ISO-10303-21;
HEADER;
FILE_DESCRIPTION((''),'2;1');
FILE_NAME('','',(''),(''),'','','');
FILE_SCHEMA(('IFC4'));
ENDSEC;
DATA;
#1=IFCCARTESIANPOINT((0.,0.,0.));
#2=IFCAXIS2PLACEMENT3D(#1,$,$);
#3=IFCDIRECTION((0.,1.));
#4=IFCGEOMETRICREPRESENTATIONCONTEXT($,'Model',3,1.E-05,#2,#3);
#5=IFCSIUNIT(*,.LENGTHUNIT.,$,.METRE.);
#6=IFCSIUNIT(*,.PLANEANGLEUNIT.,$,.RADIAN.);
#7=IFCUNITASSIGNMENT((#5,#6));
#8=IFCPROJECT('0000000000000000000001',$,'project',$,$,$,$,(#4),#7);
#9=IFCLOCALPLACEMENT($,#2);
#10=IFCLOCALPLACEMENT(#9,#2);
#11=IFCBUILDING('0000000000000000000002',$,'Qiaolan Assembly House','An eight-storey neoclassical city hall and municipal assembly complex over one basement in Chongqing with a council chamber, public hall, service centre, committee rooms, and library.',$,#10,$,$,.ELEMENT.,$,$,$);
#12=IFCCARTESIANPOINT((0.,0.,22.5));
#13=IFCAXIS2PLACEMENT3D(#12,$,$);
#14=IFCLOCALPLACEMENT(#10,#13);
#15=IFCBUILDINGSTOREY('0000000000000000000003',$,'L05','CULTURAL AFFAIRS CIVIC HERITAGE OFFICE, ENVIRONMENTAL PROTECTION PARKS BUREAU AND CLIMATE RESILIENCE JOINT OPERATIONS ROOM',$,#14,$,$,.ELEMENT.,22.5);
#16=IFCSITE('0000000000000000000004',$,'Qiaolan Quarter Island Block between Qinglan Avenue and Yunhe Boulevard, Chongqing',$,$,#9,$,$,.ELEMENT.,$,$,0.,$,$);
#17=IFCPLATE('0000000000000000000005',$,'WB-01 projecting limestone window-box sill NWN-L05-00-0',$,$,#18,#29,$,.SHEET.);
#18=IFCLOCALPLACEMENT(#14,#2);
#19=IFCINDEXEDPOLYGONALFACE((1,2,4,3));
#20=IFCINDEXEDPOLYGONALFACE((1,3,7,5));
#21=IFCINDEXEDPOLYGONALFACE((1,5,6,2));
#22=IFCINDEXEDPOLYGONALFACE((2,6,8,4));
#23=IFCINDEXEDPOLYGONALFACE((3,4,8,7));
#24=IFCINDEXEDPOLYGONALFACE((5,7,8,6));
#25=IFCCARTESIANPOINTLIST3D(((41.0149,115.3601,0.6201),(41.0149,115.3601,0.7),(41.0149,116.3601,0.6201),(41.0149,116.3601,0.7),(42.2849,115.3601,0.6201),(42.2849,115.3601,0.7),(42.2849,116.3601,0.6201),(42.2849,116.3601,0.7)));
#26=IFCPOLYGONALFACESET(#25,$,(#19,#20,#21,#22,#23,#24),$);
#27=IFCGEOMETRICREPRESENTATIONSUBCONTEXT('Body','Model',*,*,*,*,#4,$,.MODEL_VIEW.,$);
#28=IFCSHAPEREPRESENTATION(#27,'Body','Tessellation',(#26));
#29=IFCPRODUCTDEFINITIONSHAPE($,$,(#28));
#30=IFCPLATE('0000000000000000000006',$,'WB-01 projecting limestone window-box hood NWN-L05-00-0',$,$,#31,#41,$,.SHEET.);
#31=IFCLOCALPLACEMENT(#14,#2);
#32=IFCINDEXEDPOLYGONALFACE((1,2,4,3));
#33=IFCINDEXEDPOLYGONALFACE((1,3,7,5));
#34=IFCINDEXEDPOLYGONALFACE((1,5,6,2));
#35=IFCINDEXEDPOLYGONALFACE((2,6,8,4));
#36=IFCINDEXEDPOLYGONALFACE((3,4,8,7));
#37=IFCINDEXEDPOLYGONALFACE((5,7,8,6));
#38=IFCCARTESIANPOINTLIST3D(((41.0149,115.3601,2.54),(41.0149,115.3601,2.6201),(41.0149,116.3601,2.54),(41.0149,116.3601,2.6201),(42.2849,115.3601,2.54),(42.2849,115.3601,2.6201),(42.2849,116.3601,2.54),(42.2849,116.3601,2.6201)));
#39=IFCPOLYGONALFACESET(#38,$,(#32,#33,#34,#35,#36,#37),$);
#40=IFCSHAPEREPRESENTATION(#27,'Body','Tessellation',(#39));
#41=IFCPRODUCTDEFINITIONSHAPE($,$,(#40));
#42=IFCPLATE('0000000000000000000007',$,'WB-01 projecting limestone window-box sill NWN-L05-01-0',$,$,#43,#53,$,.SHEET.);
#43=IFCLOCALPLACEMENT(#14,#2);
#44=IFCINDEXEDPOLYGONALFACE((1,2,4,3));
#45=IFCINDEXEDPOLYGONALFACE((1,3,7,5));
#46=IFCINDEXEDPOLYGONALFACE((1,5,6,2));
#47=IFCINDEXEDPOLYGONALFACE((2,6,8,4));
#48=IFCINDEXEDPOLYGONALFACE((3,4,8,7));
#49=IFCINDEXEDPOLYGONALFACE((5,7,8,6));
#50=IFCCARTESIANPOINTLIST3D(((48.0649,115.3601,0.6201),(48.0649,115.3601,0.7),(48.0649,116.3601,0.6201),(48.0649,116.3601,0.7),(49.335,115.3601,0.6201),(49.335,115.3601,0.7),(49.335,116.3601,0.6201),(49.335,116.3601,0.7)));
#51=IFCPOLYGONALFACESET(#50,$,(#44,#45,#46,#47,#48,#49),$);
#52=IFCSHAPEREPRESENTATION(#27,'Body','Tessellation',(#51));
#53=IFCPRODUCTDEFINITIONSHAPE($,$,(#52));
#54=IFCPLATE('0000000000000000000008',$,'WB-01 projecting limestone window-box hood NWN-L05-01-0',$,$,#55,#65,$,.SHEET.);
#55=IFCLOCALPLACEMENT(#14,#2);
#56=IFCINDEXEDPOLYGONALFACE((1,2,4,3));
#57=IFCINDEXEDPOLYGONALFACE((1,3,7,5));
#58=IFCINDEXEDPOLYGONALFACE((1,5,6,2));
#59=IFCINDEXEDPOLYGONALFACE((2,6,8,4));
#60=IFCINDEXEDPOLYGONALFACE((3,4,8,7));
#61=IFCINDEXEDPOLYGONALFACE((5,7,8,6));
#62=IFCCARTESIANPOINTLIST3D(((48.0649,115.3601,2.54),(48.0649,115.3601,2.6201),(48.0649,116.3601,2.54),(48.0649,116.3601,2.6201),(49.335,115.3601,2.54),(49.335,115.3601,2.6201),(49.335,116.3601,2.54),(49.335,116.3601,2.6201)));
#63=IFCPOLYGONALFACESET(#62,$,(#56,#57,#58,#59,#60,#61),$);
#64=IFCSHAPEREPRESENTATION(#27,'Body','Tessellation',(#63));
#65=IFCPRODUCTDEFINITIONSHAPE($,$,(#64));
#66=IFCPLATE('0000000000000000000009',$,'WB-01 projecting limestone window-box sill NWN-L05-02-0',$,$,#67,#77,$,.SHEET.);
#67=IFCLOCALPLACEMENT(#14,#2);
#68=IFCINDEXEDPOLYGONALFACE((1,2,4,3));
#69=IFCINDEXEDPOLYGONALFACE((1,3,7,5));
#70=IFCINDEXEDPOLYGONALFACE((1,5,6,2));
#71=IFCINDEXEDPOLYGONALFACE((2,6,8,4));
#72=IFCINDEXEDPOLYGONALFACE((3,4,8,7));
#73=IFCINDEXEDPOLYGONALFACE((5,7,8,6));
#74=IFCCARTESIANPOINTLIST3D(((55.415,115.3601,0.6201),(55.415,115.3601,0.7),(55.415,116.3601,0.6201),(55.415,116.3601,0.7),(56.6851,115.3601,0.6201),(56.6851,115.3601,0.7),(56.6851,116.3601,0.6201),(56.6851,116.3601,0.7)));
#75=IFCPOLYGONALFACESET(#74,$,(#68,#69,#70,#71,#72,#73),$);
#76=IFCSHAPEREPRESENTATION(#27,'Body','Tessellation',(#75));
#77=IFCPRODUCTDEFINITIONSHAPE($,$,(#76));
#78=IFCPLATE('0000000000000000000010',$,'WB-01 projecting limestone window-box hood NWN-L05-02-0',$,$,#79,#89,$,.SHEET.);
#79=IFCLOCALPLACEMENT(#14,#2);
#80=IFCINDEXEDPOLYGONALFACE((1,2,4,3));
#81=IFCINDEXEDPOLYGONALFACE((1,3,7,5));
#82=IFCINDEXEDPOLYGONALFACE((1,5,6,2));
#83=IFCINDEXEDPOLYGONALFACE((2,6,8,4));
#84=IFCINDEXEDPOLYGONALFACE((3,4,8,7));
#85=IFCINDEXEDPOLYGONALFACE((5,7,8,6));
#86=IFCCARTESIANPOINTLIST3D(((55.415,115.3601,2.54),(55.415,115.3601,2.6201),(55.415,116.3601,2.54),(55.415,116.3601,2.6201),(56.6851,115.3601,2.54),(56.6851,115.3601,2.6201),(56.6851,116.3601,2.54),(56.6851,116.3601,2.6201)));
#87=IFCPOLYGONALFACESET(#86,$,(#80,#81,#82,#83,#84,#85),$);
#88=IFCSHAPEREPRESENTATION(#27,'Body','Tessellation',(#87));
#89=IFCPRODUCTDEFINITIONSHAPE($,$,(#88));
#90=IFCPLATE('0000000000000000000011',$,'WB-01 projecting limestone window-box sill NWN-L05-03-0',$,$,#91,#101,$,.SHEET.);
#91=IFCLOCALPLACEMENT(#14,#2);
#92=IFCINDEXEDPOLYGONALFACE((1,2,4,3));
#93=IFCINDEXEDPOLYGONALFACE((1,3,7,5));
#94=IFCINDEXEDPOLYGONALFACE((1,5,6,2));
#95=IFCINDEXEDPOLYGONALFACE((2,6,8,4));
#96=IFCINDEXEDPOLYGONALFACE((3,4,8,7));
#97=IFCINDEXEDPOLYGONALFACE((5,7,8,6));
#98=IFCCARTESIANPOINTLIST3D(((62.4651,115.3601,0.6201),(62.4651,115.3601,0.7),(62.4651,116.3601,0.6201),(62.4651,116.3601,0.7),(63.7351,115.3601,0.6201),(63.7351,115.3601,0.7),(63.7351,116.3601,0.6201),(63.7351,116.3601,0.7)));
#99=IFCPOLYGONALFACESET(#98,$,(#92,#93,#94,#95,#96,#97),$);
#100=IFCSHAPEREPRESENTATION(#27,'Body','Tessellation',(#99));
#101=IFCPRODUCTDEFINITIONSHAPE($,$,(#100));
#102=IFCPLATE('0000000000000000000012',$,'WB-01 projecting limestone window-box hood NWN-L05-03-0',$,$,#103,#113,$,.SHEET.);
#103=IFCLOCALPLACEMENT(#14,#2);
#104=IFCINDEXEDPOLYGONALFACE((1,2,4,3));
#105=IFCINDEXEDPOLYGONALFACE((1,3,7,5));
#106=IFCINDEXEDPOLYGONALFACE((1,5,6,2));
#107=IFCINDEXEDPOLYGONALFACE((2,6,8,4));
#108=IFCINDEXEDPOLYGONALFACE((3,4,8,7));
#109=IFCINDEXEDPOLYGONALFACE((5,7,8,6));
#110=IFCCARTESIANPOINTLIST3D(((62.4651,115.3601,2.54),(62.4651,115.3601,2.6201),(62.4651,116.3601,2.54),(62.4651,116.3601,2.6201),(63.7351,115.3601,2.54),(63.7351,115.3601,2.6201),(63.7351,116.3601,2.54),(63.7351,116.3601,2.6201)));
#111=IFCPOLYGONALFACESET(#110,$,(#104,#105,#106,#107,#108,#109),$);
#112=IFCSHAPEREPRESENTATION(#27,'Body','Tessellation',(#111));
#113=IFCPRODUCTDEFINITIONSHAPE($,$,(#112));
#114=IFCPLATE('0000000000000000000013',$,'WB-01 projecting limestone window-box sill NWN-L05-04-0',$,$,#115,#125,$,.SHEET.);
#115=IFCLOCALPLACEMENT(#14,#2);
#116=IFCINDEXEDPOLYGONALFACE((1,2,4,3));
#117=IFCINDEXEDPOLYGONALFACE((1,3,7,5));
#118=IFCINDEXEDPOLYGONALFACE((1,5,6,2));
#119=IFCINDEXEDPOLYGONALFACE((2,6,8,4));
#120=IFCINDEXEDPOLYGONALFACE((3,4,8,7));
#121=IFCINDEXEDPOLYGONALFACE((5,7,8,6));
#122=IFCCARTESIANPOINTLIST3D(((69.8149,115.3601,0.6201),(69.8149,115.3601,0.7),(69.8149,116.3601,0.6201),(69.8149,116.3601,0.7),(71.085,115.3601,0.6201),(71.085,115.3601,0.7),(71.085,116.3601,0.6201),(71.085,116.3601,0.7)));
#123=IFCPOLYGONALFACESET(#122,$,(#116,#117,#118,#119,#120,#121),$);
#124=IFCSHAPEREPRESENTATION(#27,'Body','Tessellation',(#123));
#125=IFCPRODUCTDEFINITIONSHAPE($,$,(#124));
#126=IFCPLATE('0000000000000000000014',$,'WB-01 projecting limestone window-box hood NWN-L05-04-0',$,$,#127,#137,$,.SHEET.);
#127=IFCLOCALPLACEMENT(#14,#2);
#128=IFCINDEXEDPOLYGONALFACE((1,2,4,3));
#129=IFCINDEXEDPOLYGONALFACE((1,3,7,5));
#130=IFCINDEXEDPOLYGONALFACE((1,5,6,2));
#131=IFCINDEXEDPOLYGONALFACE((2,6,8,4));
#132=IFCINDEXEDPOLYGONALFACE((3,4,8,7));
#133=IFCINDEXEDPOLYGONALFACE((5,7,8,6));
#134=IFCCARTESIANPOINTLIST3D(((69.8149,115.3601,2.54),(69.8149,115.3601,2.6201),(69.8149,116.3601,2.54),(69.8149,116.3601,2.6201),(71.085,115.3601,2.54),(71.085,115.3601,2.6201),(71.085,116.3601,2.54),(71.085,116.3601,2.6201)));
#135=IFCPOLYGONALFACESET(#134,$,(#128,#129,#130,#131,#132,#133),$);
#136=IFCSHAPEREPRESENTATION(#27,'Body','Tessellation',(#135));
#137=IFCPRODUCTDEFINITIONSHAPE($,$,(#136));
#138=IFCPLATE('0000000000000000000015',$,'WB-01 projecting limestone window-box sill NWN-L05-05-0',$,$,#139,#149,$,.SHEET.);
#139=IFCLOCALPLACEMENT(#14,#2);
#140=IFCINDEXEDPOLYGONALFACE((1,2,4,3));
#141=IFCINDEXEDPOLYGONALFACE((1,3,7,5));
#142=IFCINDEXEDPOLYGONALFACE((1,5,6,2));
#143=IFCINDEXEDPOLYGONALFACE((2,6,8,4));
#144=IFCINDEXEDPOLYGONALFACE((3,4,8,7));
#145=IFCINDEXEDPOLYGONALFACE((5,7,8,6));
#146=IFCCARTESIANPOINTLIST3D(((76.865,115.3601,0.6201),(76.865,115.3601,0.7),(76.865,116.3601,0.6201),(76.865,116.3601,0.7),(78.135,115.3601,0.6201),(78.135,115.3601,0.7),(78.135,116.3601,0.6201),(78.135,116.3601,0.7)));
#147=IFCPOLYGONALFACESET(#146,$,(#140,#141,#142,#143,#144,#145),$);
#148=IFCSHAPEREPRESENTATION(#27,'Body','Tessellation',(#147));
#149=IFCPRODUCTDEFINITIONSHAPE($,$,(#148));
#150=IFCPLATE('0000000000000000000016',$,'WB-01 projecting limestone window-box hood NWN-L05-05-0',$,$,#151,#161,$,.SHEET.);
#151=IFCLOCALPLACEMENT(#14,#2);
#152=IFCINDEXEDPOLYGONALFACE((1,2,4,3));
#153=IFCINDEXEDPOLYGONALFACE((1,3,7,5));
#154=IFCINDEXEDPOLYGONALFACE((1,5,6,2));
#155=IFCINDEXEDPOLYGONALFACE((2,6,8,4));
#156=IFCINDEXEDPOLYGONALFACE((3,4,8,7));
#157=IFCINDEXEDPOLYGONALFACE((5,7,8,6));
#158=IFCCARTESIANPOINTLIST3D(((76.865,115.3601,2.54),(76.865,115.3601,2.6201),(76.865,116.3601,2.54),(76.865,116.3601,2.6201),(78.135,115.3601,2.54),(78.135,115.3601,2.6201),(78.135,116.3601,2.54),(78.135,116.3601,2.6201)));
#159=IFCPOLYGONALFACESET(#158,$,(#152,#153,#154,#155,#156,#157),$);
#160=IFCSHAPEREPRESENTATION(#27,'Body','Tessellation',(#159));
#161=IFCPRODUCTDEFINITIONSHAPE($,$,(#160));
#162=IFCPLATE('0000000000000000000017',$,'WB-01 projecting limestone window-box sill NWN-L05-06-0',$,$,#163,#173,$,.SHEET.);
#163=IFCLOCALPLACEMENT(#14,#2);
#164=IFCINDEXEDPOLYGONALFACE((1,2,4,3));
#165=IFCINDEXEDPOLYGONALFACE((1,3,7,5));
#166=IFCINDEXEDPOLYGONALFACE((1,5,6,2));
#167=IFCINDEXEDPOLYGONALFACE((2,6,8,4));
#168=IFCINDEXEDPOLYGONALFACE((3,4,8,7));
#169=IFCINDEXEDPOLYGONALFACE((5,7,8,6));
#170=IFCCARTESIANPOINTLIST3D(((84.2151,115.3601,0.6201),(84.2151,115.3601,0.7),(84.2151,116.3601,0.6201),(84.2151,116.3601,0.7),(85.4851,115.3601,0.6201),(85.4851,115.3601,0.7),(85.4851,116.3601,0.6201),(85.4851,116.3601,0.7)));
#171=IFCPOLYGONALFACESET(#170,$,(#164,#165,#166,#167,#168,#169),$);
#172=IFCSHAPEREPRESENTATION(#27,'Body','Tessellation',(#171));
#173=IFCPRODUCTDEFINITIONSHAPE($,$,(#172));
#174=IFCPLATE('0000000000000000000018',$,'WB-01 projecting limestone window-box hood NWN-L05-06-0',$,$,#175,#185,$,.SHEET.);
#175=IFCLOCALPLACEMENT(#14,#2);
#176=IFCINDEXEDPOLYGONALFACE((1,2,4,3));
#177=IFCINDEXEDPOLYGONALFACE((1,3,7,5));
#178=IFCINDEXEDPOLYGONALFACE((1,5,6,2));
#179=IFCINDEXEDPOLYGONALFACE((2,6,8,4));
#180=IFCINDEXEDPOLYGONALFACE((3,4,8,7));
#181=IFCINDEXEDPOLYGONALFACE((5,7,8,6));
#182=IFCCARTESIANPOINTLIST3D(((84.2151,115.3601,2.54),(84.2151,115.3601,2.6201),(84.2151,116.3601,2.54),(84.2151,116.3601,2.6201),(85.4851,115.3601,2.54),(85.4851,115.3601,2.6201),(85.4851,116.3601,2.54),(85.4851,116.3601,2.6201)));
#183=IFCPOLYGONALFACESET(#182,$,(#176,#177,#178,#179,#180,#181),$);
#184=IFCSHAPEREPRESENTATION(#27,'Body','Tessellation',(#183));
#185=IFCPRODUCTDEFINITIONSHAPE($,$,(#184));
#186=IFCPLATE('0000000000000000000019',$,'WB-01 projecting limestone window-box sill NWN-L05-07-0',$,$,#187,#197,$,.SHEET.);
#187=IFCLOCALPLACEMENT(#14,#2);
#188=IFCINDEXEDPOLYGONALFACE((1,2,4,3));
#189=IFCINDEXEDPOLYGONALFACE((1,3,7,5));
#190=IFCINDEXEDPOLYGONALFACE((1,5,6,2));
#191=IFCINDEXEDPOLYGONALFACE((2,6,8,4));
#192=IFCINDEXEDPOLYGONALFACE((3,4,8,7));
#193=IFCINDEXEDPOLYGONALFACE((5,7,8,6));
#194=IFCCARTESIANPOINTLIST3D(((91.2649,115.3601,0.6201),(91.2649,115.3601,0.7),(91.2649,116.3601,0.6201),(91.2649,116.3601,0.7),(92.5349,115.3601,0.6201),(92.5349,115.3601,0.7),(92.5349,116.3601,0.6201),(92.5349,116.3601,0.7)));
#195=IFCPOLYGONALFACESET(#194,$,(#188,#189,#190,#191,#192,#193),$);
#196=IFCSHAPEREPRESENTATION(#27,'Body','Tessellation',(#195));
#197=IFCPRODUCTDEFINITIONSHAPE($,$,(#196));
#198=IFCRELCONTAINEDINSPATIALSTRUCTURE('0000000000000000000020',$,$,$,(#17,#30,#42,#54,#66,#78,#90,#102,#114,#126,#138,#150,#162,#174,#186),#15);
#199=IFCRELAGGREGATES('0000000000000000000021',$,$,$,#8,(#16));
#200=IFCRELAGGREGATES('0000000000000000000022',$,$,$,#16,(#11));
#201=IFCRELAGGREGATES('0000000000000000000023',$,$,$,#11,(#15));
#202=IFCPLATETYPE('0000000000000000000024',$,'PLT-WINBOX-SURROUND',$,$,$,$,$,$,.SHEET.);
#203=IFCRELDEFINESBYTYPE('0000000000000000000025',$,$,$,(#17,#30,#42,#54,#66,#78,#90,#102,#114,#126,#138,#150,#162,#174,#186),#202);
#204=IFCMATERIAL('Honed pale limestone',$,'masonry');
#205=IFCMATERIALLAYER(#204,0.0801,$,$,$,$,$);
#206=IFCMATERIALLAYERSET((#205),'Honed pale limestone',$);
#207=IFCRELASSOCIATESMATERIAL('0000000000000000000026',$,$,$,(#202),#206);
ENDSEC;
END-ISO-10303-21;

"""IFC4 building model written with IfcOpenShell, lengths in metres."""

from ifc_helpers import new_model, si_unit, direction, frame, origin, place, context, subcontext, project, spatial, polyline, outline, extrude, material, layer, layer_set, type_object, element, save


model = new_model("IFC4")

# Units and contexts
model_context = context("Model", 3, precision=1e-05, world=origin(), true_north=direction((0.0, 1.0)))
body_context = subcontext(model_context, "Body", "Model", "MODEL_VIEW")
ifc_project = project(units=[si_unit("LENGTHUNIT", "METRE"), si_unit("PLANEANGLEUNIT", "RADIAN")], contexts=[model_context])

# Site, building, storey
site_placement = place(None, origin())
site = spatial("IfcSite", under=ifc_project, at=site_placement, Name="Qiaolan Quarter Island Block between Qinglan Avenue and Yunhe Boulevard, Chongqing", CompositionType="ELEMENT", RefElevation=0.0)
building_placement = place(site_placement, origin())
building = spatial("IfcBuilding", under=site, at=building_placement, Name="Qiaolan Assembly House", Description="An eight-storey neoclassical city hall and municipal assembly complex over one basement in Chongqing with a council chamber, public hall, service centre, committee rooms, and library.", CompositionType="ELEMENT")
storey_placement = place(building_placement, frame((0.0, 0.0, 22.5)))
storey = spatial("IfcBuildingStorey", under=building, at=storey_placement, Name="L05", Description="CULTURAL AFFAIRS CIVIC HERITAGE OFFICE, ENVIRONMENTAL PROTECTION PARKS BUREAU AND CLIMATE RESILIENCE JOINT OPERATIONS ROOM", CompositionType="ELEMENT", Elevation=22.5)

# Plates
ifc_material_1 = material(Name="Honed pale limestone", Category="masonry")
ifc_layer_1 = layer(ifc_material_1, 0.0801)
ifc_layer_set_1 = layer_set([ifc_layer_1], Name="Honed pale limestone")
plate_type = type_object("IfcPlateType", Name="PLT-WINBOX-SURROUND", PredefinedType="SHEET", material=ifc_layer_set_1)
plate_1_placement = place(storey_placement, frame((0.0, 0.0, 0.6201)))
element("IfcPlate", 1, at=plate_1_placement, inside=storey, type_object=plate_type, Name="WB-01 projecting limestone window-box sill NWN-L05-00-0", PredefinedType="SHEET", context=body_context, shape_type="SweptSolid", body=[
    extrude(outline(polyline([(41.0149, 115.3601), (41.0149, 116.3601), (42.2849, 116.3601), (42.2849, 115.3601), (41.0149, 115.3601)])), origin(), (0.0, 0.0, 1.0), 0.0798),
])
plate_2_placement = place(storey_placement, frame((0.0, 0.0, 2.54)))
element("IfcPlate", 2, at=plate_2_placement, inside=storey, type_object=plate_type, Name="WB-01 projecting limestone window-box hood NWN-L05-00-0", PredefinedType="SHEET", context=body_context, shape_type="SweptSolid", body=[
    extrude(outline(polyline([(41.0149, 115.3601), (41.0149, 116.3601), (42.2849, 116.3601), (42.2849, 115.3601), (41.0149, 115.3601)])), origin(), (0.0, 0.0, 1.0), 0.0801),
])
plate_3_placement = place(storey_placement, frame((0.0, 0.0, 0.6201)))
element("IfcPlate", 3, at=plate_3_placement, inside=storey, type_object=plate_type, Name="WB-01 projecting limestone window-box sill NWN-L05-01-0", PredefinedType="SHEET", context=body_context, shape_type="SweptSolid", body=[
    extrude(outline(polyline([(48.0649, 115.3601), (48.0649, 116.3601), (49.335, 116.3601), (49.335, 115.3601), (48.0649, 115.3601)])), origin(), (0.0, 0.0, 1.0), 0.0798),
])
plate_4_placement = place(storey_placement, frame((0.0, 0.0, 2.54)))
element("IfcPlate", 4, at=plate_4_placement, inside=storey, type_object=plate_type, Name="WB-01 projecting limestone window-box hood NWN-L05-01-0", PredefinedType="SHEET", context=body_context, shape_type="SweptSolid", body=[
    extrude(outline(polyline([(48.0649, 115.3601), (48.0649, 116.3601), (49.335, 116.3601), (49.335, 115.3601), (48.0649, 115.3601)])), origin(), (0.0, 0.0, 1.0), 0.0801),
])
plate_5_placement = place(storey_placement, frame((0.0, 0.0, 0.6201)))
element("IfcPlate", 5, at=plate_5_placement, inside=storey, type_object=plate_type, Name="WB-01 projecting limestone window-box sill NWN-L05-02-0", PredefinedType="SHEET", context=body_context, shape_type="SweptSolid", body=[
    extrude(outline(polyline([(55.415, 115.3601), (55.415, 116.3601), (56.6851, 116.3601), (56.6851, 115.3601), (55.415, 115.3601)])), origin(), (0.0, 0.0, 1.0), 0.0798),
])
plate_6_placement = place(storey_placement, frame((0.0, 0.0, 2.54)))
element("IfcPlate", 6, at=plate_6_placement, inside=storey, type_object=plate_type, Name="WB-01 projecting limestone window-box hood NWN-L05-02-0", PredefinedType="SHEET", context=body_context, shape_type="SweptSolid", body=[
    extrude(outline(polyline([(55.415, 115.3601), (55.415, 116.3601), (56.6851, 116.3601), (56.6851, 115.3601), (55.415, 115.3601)])), origin(), (0.0, 0.0, 1.0), 0.0801),
])
plate_7_placement = place(storey_placement, frame((0.0, 0.0, 0.6201)))
element("IfcPlate", 7, at=plate_7_placement, inside=storey, type_object=plate_type, Name="WB-01 projecting limestone window-box sill NWN-L05-03-0", PredefinedType="SHEET", context=body_context, shape_type="SweptSolid", body=[
    extrude(outline(polyline([(62.4651, 115.3601), (62.4651, 116.3601), (63.7351, 116.3601), (63.7351, 115.3601), (62.4651, 115.3601)])), origin(), (0.0, 0.0, 1.0), 0.0798),
])
plate_8_placement = place(storey_placement, frame((0.0, 0.0, 2.54)))
element("IfcPlate", 8, at=plate_8_placement, inside=storey, type_object=plate_type, Name="WB-01 projecting limestone window-box hood NWN-L05-03-0", PredefinedType="SHEET", context=body_context, shape_type="SweptSolid", body=[
    extrude(outline(polyline([(62.4651, 115.3601), (62.4651, 116.3601), (63.7351, 116.3601), (63.7351, 115.3601), (62.4651, 115.3601)])), origin(), (0.0, 0.0, 1.0), 0.0801),
])
plate_9_placement = place(storey_placement, frame((0.0, 0.0, 0.6201)))
element("IfcPlate", 9, at=plate_9_placement, inside=storey, type_object=plate_type, Name="WB-01 projecting limestone window-box sill NWN-L05-04-0", PredefinedType="SHEET", context=body_context, shape_type="SweptSolid", body=[
    extrude(outline(polyline([(69.8149, 115.3601), (69.8149, 116.3601), (71.085, 116.3601), (71.085, 115.3601), (69.8149, 115.3601)])), origin(), (0.0, 0.0, 1.0), 0.0798),
])
plate_10_placement = place(storey_placement, frame((0.0, 0.0, 2.54)))
element("IfcPlate", 10, at=plate_10_placement, inside=storey, type_object=plate_type, Name="WB-01 projecting limestone window-box hood NWN-L05-04-0", PredefinedType="SHEET", context=body_context, shape_type="SweptSolid", body=[
    extrude(outline(polyline([(69.8149, 115.3601), (69.8149, 116.3601), (71.085, 116.3601), (71.085, 115.3601), (69.8149, 115.3601)])), origin(), (0.0, 0.0, 1.0), 0.0801),
])
plate_11_placement = place(storey_placement, frame((0.0, 0.0, 0.6201)))
element("IfcPlate", 11, at=plate_11_placement, inside=storey, type_object=plate_type, Name="WB-01 projecting limestone window-box sill NWN-L05-05-0", PredefinedType="SHEET", context=body_context, shape_type="SweptSolid", body=[
    extrude(outline(polyline([(76.865, 115.3601), (76.865, 116.3601), (78.135, 116.3601), (78.135, 115.3601), (76.865, 115.3601)])), origin(), (0.0, 0.0, 1.0), 0.0798),
])
plate_12_placement = place(storey_placement, frame((0.0, 0.0, 2.54)))
element("IfcPlate", 12, at=plate_12_placement, inside=storey, type_object=plate_type, Name="WB-01 projecting limestone window-box hood NWN-L05-05-0", PredefinedType="SHEET", context=body_context, shape_type="SweptSolid", body=[
    extrude(outline(polyline([(76.865, 115.3601), (76.865, 116.3601), (78.135, 116.3601), (78.135, 115.3601), (76.865, 115.3601)])), origin(), (0.0, 0.0, 1.0), 0.0801),
])
plate_13_placement = place(storey_placement, frame((0.0, 0.0, 0.6201)))
element("IfcPlate", 13, at=plate_13_placement, inside=storey, type_object=plate_type, Name="WB-01 projecting limestone window-box sill NWN-L05-06-0", PredefinedType="SHEET", context=body_context, shape_type="SweptSolid", body=[
    extrude(outline(polyline([(84.2151, 115.3601), (84.2151, 116.3601), (85.4851, 116.3601), (85.4851, 115.3601), (84.2151, 115.3601)])), origin(), (0.0, 0.0, 1.0), 0.0798),
])
plate_14_placement = place(storey_placement, frame((0.0, 0.0, 2.54)))
element("IfcPlate", 14, at=plate_14_placement, inside=storey, type_object=plate_type, Name="WB-01 projecting limestone window-box hood NWN-L05-06-0", PredefinedType="SHEET", context=body_context, shape_type="SweptSolid", body=[
    extrude(outline(polyline([(84.2151, 115.3601), (84.2151, 116.3601), (85.4851, 116.3601), (85.4851, 115.3601), (84.2151, 115.3601)])), origin(), (0.0, 0.0, 1.0), 0.0801),
])
plate_15_placement = place(storey_placement, frame((0.0, 0.0, 0.6201)))
element("IfcPlate", 15, at=plate_15_placement, inside=storey, type_object=plate_type, Name="WB-01 projecting limestone window-box sill NWN-L05-07-0", PredefinedType="SHEET", context=body_context, shape_type="SweptSolid", body=[
    extrude(outline(polyline([(91.2649, 115.3601), (91.2649, 116.3601), (92.5349, 116.3601), (92.5349, 115.3601), (91.2649, 115.3601)])), origin(), (0.0, 0.0, 1.0), 0.0798),
])

save(model, "model.ifc")
